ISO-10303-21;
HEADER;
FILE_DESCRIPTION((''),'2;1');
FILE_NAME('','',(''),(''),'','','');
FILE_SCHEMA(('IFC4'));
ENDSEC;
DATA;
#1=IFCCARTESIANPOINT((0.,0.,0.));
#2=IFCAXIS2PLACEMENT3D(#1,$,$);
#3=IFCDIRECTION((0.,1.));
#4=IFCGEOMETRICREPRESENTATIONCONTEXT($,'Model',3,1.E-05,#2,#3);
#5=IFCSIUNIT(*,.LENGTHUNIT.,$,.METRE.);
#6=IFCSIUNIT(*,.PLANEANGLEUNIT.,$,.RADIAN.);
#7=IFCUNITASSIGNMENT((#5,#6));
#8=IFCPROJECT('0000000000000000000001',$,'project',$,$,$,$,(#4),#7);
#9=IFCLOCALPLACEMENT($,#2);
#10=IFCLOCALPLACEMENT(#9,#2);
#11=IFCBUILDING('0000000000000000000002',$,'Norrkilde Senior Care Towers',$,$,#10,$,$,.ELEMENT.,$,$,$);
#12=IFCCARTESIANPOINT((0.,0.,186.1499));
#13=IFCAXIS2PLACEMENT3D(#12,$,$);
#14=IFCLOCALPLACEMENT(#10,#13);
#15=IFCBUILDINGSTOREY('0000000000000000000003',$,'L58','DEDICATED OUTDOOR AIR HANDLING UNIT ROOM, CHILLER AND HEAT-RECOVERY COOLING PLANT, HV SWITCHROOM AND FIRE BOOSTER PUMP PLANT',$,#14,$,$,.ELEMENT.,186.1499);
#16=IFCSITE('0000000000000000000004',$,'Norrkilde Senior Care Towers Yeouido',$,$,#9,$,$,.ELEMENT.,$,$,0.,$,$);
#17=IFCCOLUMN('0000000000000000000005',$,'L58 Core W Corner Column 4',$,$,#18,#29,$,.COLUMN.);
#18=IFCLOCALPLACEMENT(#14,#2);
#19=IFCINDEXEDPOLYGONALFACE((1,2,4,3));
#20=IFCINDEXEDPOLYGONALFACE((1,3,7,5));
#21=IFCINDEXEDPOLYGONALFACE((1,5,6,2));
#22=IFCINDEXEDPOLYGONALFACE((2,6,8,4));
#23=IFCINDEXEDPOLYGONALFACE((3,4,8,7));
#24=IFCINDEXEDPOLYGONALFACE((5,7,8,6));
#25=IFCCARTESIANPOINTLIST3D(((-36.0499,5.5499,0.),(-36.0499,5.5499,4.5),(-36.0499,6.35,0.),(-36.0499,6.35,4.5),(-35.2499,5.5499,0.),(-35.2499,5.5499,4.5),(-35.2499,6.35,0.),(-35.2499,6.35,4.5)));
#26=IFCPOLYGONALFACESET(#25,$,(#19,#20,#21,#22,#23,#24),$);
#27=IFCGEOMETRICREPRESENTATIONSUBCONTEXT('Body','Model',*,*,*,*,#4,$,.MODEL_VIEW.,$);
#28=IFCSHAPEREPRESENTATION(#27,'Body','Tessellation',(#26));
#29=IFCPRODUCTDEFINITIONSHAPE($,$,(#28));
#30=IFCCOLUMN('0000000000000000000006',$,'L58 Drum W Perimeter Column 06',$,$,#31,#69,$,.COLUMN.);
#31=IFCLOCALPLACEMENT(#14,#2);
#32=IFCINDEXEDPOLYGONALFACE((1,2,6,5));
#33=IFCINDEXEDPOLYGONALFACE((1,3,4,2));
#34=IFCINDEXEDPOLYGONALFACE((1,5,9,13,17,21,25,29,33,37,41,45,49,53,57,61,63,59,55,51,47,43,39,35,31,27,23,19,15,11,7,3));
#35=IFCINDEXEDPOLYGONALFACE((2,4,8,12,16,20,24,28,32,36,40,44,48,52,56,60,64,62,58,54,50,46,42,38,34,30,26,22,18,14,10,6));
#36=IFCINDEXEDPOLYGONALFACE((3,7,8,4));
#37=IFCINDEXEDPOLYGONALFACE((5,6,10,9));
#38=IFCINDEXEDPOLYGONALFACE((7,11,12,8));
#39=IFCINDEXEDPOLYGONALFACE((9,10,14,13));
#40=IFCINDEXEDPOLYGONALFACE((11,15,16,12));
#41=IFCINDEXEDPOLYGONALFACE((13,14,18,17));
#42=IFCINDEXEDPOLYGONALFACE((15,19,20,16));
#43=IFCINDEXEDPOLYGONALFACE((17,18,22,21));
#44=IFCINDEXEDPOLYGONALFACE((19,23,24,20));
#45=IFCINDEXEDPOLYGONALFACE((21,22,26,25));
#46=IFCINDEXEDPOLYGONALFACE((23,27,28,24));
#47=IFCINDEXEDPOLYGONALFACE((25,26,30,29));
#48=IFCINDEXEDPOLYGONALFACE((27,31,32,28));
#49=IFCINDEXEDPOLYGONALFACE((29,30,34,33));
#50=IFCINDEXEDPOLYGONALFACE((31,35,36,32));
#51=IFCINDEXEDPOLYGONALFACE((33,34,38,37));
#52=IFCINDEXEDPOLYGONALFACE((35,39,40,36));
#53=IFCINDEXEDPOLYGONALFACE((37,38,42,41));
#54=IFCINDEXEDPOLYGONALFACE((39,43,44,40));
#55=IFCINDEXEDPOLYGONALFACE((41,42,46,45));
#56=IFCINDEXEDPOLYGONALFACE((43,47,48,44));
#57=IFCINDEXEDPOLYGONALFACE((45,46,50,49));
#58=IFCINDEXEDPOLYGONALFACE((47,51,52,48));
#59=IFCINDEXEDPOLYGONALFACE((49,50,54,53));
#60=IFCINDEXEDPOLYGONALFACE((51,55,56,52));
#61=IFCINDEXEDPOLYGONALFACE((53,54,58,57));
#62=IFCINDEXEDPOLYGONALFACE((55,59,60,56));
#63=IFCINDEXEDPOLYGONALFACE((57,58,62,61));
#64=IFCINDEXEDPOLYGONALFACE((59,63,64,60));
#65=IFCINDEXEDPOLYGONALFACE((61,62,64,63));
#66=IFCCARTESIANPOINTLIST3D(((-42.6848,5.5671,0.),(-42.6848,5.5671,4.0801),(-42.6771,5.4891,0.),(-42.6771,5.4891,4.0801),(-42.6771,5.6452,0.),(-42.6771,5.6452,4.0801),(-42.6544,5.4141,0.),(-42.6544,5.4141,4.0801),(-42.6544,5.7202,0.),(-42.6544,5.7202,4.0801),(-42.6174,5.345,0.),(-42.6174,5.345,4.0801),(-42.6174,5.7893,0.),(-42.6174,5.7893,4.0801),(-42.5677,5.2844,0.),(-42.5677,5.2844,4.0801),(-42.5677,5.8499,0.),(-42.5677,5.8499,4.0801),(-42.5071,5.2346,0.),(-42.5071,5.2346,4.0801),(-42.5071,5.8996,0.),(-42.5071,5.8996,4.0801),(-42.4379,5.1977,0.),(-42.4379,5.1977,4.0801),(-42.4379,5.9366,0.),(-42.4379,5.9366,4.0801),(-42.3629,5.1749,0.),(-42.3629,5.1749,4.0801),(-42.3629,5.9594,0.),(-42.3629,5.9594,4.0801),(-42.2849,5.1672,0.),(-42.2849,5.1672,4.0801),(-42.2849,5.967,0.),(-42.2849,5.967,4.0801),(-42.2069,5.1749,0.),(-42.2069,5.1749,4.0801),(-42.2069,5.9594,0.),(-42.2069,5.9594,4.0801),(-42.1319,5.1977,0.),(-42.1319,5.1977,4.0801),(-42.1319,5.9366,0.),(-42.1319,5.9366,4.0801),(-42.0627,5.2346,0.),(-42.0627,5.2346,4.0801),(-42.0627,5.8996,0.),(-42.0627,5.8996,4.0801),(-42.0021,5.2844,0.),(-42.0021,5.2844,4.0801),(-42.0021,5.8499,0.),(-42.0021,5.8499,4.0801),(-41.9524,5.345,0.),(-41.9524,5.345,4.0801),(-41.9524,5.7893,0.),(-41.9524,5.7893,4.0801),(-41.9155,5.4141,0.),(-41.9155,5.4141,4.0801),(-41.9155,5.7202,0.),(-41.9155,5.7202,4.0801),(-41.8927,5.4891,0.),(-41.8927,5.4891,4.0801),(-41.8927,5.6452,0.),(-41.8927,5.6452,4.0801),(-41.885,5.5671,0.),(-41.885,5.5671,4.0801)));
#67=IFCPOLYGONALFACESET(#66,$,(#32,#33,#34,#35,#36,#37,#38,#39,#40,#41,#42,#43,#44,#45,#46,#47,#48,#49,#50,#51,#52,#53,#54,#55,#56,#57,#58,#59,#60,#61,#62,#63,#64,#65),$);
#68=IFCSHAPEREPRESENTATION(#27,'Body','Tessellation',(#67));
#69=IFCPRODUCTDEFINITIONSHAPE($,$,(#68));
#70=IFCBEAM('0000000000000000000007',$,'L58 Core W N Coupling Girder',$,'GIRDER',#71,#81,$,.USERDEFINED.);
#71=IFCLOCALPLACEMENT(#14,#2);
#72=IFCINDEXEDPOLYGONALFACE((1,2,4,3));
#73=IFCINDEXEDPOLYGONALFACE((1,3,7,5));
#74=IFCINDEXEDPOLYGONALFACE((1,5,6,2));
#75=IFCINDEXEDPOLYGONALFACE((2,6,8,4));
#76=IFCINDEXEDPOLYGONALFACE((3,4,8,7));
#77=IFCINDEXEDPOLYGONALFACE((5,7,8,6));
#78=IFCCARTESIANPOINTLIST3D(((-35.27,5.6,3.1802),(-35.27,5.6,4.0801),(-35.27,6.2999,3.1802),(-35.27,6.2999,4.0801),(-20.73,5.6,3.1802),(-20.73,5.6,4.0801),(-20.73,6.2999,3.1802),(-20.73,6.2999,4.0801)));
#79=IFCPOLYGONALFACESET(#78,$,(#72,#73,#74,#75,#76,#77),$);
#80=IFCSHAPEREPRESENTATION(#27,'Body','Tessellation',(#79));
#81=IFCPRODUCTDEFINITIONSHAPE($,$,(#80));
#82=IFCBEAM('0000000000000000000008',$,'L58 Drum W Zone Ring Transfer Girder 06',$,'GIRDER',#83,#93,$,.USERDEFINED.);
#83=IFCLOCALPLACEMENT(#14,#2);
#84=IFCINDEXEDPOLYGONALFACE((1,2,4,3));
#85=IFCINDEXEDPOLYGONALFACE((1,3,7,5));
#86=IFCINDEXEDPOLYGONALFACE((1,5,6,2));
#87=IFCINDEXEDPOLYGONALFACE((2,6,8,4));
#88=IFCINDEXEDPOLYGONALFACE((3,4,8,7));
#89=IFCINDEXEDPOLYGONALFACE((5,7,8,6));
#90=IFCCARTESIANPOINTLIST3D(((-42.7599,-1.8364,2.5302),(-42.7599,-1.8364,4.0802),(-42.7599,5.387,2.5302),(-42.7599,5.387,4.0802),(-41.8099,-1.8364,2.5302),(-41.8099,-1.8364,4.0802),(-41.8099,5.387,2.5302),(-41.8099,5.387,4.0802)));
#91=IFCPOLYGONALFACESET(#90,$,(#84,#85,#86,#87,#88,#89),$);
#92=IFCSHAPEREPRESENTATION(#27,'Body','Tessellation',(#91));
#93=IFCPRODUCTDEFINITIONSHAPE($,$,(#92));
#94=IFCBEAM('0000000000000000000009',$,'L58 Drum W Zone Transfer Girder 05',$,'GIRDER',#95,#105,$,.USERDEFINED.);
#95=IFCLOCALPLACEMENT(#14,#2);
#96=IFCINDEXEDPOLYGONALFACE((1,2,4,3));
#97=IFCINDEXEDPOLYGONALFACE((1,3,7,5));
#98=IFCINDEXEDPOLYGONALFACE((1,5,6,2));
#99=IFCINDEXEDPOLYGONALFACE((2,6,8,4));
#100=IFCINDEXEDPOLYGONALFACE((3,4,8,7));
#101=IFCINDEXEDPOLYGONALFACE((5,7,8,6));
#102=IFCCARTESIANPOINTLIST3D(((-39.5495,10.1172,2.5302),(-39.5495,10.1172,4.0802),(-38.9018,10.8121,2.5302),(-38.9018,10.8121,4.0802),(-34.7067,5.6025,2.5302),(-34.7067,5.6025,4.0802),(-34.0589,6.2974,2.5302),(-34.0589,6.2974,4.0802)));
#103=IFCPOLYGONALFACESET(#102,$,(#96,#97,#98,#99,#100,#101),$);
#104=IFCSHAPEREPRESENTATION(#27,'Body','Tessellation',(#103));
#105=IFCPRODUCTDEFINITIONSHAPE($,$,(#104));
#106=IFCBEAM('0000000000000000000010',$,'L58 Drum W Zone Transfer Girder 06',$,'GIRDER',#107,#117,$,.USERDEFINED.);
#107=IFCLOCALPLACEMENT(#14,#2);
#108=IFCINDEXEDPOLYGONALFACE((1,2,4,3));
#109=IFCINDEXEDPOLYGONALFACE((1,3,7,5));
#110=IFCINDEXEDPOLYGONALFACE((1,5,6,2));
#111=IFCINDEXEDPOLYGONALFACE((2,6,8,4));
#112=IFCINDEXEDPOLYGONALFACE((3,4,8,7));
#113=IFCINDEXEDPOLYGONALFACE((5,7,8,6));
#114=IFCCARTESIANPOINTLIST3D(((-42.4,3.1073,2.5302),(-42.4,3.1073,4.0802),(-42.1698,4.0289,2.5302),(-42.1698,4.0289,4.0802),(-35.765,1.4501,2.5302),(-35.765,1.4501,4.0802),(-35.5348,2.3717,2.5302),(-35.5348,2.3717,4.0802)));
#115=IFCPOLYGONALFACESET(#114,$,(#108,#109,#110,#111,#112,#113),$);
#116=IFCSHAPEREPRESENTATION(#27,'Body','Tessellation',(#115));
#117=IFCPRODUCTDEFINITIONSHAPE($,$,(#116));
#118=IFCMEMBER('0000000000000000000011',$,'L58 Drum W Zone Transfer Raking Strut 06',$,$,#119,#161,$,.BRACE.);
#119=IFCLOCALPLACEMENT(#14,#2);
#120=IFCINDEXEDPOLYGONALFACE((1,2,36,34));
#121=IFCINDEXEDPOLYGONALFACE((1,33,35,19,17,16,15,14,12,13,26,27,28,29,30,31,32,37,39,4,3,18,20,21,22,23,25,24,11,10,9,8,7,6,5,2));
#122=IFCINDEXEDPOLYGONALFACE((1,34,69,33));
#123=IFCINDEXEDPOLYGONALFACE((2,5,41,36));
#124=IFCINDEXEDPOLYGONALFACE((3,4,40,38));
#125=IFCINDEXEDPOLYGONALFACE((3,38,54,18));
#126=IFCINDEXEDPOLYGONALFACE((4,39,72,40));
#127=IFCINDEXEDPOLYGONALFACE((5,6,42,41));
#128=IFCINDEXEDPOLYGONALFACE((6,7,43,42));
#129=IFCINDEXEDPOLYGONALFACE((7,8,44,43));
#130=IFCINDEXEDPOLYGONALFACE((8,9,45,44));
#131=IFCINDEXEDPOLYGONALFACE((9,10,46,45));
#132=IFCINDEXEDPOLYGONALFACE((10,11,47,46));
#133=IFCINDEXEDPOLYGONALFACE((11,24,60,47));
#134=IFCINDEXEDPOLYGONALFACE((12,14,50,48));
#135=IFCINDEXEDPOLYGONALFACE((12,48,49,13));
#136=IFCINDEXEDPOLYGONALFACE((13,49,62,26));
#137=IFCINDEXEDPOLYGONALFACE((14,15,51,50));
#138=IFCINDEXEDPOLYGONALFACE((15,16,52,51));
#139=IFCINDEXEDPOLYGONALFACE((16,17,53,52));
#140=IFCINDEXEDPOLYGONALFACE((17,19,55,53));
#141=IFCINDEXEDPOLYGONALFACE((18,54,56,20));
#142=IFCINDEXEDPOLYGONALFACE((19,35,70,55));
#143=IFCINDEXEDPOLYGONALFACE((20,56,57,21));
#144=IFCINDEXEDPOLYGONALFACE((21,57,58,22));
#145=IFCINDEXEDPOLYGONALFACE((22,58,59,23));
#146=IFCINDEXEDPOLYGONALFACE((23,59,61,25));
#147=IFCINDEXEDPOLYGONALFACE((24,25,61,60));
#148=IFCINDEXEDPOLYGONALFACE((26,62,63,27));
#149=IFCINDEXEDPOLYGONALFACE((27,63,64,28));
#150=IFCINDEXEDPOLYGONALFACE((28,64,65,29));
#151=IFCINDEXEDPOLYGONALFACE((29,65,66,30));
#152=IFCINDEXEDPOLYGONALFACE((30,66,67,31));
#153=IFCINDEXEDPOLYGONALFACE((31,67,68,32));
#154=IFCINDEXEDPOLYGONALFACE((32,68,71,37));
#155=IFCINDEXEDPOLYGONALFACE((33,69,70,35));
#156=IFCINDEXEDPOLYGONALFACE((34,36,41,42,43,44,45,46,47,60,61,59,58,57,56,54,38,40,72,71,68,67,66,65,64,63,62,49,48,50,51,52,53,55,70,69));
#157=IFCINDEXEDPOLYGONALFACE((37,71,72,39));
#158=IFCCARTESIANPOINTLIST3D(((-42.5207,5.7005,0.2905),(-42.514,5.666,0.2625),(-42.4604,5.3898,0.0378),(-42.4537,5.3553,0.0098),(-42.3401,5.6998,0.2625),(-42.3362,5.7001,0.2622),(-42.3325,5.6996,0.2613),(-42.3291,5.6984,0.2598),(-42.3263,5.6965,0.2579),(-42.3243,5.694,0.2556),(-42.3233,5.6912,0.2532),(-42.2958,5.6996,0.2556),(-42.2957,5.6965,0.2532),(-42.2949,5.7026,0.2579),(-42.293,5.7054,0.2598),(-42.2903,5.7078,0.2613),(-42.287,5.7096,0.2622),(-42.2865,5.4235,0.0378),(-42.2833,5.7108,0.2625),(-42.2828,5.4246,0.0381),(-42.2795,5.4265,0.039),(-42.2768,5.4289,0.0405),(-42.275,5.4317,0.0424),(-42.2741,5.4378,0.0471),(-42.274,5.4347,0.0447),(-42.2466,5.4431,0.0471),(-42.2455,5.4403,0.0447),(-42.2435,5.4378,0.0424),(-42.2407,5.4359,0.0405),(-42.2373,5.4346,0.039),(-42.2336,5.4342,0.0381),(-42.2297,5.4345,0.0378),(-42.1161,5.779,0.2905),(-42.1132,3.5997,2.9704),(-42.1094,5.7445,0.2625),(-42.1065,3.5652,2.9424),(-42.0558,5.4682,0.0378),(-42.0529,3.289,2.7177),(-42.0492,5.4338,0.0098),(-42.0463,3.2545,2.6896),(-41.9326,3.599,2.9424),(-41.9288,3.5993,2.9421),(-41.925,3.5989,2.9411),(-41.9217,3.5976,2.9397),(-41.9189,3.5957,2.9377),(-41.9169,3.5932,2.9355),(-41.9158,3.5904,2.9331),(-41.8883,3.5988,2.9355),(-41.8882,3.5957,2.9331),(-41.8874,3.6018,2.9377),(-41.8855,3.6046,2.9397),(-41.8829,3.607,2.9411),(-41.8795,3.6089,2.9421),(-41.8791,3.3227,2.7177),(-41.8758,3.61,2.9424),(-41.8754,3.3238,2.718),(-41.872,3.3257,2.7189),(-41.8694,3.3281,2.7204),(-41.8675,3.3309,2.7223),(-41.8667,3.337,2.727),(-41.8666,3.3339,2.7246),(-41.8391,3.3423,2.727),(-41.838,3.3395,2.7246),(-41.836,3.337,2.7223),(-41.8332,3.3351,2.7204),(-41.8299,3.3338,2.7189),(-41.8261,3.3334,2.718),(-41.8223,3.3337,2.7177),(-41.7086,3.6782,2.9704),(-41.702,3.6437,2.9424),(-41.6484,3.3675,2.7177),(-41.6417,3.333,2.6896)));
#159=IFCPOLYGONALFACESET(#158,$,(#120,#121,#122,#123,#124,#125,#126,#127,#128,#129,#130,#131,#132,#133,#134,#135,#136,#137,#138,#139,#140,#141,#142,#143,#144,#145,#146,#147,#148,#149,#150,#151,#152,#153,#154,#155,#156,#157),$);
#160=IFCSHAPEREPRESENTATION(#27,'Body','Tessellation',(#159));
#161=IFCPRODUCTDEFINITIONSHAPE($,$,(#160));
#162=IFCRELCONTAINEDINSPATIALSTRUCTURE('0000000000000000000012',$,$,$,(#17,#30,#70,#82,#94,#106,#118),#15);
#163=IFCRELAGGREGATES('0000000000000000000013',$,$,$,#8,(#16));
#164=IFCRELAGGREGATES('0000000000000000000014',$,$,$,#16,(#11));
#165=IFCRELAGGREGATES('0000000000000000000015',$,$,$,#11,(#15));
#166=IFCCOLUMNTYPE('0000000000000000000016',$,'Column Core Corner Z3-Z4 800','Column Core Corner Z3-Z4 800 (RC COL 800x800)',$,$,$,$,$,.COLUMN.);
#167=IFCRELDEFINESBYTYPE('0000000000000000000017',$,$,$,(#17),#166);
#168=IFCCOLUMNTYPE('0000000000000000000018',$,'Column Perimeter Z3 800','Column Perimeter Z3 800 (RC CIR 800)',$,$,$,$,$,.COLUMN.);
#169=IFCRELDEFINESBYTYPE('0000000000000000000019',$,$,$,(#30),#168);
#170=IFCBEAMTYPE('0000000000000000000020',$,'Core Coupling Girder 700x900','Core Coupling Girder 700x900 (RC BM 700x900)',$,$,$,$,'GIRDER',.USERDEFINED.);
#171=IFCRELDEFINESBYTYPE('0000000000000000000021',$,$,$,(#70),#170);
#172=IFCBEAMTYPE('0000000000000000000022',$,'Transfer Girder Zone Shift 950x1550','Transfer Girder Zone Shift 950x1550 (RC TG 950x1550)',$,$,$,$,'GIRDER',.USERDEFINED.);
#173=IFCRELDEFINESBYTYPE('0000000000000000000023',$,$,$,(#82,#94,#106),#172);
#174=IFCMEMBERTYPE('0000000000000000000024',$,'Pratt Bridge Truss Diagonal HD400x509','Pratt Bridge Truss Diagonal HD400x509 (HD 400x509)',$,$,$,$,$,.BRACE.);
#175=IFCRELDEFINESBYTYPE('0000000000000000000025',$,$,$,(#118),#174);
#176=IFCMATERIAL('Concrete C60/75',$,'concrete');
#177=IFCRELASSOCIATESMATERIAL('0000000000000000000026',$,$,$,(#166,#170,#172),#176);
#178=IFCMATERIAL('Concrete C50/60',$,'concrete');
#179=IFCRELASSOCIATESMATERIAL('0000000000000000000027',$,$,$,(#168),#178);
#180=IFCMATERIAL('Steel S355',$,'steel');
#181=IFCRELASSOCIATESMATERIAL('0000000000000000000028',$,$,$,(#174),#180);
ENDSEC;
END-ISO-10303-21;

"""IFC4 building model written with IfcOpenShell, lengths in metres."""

from ifc_helpers import new_model, si_unit, direction, frame, origin, origin_2d, place, context, subcontext, project, spatial, rectangle, circle, i_section, extrude, source, transform, mapped, material, material_profile, profile_set, type_object, type_shapes, element, save


model = new_model("IFC4")

# Units and contexts
model_context = context("Model", 3, precision=1e-05, world=origin(), true_north=direction((0.0, 1.0)))
body_context = subcontext(model_context, "Body", "Model", "MODEL_VIEW")
ifc_project = project(units=[si_unit("LENGTHUNIT", "METRE"), si_unit("PLANEANGLEUNIT", "RADIAN")], contexts=[model_context])

# Site, building, storey
site_placement = place(None, origin())
site = spatial("IfcSite", under=ifc_project, at=site_placement, Name="Norrkilde Senior Care Towers Yeouido", CompositionType="ELEMENT", RefElevation=0.0)
building_placement = place(site_placement, origin())
building = spatial("IfcBuilding", under=site, at=building_placement, Name="Norrkilde Senior Care Towers", CompositionType="ELEMENT")
storey_placement = place(building_placement, frame((0.0, 0.0, 186.1499)))
storey = spatial("IfcBuildingStorey", under=building, at=storey_placement, Name="L58", Description="DEDICATED OUTDOOR AIR HANDLING UNIT ROOM, CHILLER AND HEAT-RECOVERY COOLING PLANT, HV SWITCHROOM AND FIRE BOOSTER PUMP PLANT", CompositionType="ELEMENT", Elevation=186.1499)

# Columns
ifc_material_1 = material(Name="Concrete C60/75", Category="concrete")
ifc_material_profile_1 = material_profile(ifc_material_1, rectangle(XDim=0.8, YDim=0.8, at=origin_2d()), Name="RC COL 800x800")
ifc_profile_set_1 = profile_set([ifc_material_profile_1], Name="Concrete C60/75")
column_type_1 = type_object("IfcColumnType", Name="Column Core Corner Z3-Z4 800", Description="Column Core Corner Z3-Z4 800 (RC COL 800x800)", PredefinedType="COLUMN", material=ifc_profile_set_1)
shared_shape_1 = source(origin(), body_context, "Body", "SweptSolid", [
    extrude(rectangle(XDim=0.8, YDim=0.8, at=origin_2d()), origin(), (0.0, 0.0, 1.0), 4.5),
])
type_shapes(column_type_1, [shared_shape_1])
column_1_placement = place(storey_placement, frame((-35.6499, 5.95, 0.0), z_axis=(0.0, 0.0, 1.0), x_axis=(1.0, 0.0, 0.0)))
element("IfcColumn", 1, at=column_1_placement, inside=storey, type_object=column_type_1, Name="L58 Core W Corner Column 4", PredefinedType="COLUMN", context=body_context, shape_type="MappedRepresentation", body=[
    mapped(shared_shape_1, transform((0.0, 0.0, 0.0), x_axis=(1.0, 0.0, 0.0), y_axis=(0.0, 1.0, 0.0), z_axis=(0.0, 0.0, 1.0), scale=1.0)),
])
ifc_material_2 = material(Name="Concrete C50/60", Category="concrete")
ifc_material_profile_2 = material_profile(ifc_material_2, circle(Radius=0.3999, at=origin_2d()), Name="RC CIR 800")
ifc_profile_set_2 = profile_set([ifc_material_profile_2], Name="Concrete C50/60")
column_type_2 = type_object("IfcColumnType", Name="Column Perimeter Z3 800", Description="Column Perimeter Z3 800 (RC CIR 800)", PredefinedType="COLUMN", material=ifc_profile_set_2)
shared_shape_2 = source(origin(), body_context, "Body", "SweptSolid", [
    extrude(circle(Radius=0.3999, at=origin_2d()), origin(), (0.0, 0.0, 1.0), 4.0801),
])
type_shapes(column_type_2, [shared_shape_2])
column_2_placement = place(storey_placement, frame((-42.2849, 5.5671, 0.0), z_axis=(0.0, 0.0, 1.0), x_axis=(1.0, 0.0, 0.0)))
element("IfcColumn", 2, at=column_2_placement, inside=storey, type_object=column_type_2, Name="L58 Drum W Perimeter Column 06", PredefinedType="COLUMN", context=body_context, shape_type="MappedRepresentation", body=[
    mapped(shared_shape_2, transform((0.0, 0.0, 0.0), x_axis=(1.0, 0.0, 0.0), y_axis=(0.0, 1.0, 0.0), z_axis=(0.0, 0.0, 1.0), scale=1.0)),
])

# Beams
ifc_material_profile_3 = material_profile(ifc_material_1, rectangle(XDim=0.7, YDim=0.8999, at=origin_2d()), Name="RC BM 700x900")
ifc_profile_set_3 = profile_set([ifc_material_profile_3], Name="Concrete C60/75")
beam_type_1 = type_object("IfcBeamType", Name="Core Coupling Girder 700x900", Description="Core Coupling Girder 700x900 (RC BM 700x900)", ElementType="GIRDER", PredefinedType="USERDEFINED", material=ifc_profile_set_3)
shared_shape_3 = source(origin(), body_context, "Body", "SweptSolid", [
    extrude(rectangle(XDim=0.7, YDim=0.8999, at=origin_2d()), origin(), (0.0, 0.0, 1.0), 14.54),
])
type_shapes(beam_type_1, [shared_shape_3])
beam_1_placement = place(storey_placement, frame((-35.27, 5.95, 3.6301), z_axis=(1.0, 0.0, 0.0), x_axis=(0.0, 1.0, 0.0)))
element("IfcBeam", 3, at=beam_1_placement, inside=storey, type_object=beam_type_1, Name="L58 Core W N Coupling Girder", ObjectType="GIRDER", PredefinedType="USERDEFINED", context=body_context, shape_type="MappedRepresentation", body=[
    mapped(shared_shape_3, transform((0.0, 0.0, 0.0), x_axis=(1.0, 0.0, 0.0), y_axis=(0.0, 1.0, 0.0), z_axis=(0.0, 0.0, 1.0), scale=1.0)),
])
ifc_material_profile_4 = material_profile(ifc_material_1, rectangle(XDim=0.95, YDim=1.55, at=origin_2d()), Name="RC TG 950x1550")
ifc_profile_set_4 = profile_set([ifc_material_profile_4], Name="Concrete C60/75")
beam_type_2 = type_object("IfcBeamType", Name="Transfer Girder Zone Shift 950x1550", Description="Transfer Girder Zone Shift 950x1550 (RC TG 950x1550)", ElementType="GIRDER", PredefinedType="USERDEFINED", material=ifc_profile_set_4)
shared_shape_4 = source(origin(), body_context, "Body", "SweptSolid", [
    extrude(rectangle(XDim=0.95, YDim=1.55, at=origin_2d()), origin(), (0.0, 0.0, 1.0), 7.2234),
])
beam_2_placement = place(storey_placement, frame((-42.2849, 5.387, 3.3052), z_axis=(0.0, -1.0, 0.0), x_axis=(1.0, 0.0, 0.0)))
element("IfcBeam", 4, at=beam_2_placement, inside=storey, type_object=beam_type_2, Name="L58 Drum W Zone Ring Transfer Girder 06", ObjectType="GIRDER", PredefinedType="USERDEFINED", context=body_context, shape_type="MappedRepresentation", body=[
    mapped(shared_shape_4, transform((0.0, 0.0, 0.0), x_axis=(1.0, 0.0, 0.0), y_axis=(0.0, 1.0, 0.0), z_axis=(0.0, 0.0, 1.0), scale=1.0)),
])
shared_shape_5 = source(origin(), body_context, "Body", "SweptSolid", [
    extrude(rectangle(XDim=0.95, YDim=1.55, at=origin_2d()), origin(), (0.0, 0.0, 1.0), 6.6208),
])
beam_3_placement = place(storey_placement, frame((-34.3828, 5.95, 3.3052), z_axis=(-0.731452, 0.681892, 0.0), x_axis=(-0.681892, -0.731452, 0.0)))
element("IfcBeam", 5, at=beam_3_placement, inside=storey, type_object=beam_type_2, Name="L58 Drum W Zone Transfer Girder 05", ObjectType="GIRDER", PredefinedType="USERDEFINED", context=body_context, shape_type="MappedRepresentation", body=[
    mapped(shared_shape_5, transform((0.0, 0.0, 0.0), x_axis=(1.0, 0.0, 0.0), y_axis=(0.0, 1.0, 0.0), z_axis=(0.0, 0.0, 1.0), scale=1.0)),
])
shared_shape_6 = source(origin(), body_context, "Body", "SweptSolid", [
    extrude(rectangle(XDim=0.95, YDim=1.55, at=origin_2d()), origin(), (0.0, 0.0, 1.0), 6.8389),
])
beam_4_placement = place(storey_placement, frame((-35.6499, 1.9109, 3.3052), z_axis=(-0.970195, 0.242326, 0.0), x_axis=(-0.242326, -0.970195, 0.0)))
element("IfcBeam", 6, at=beam_4_placement, inside=storey, type_object=beam_type_2, Name="L58 Drum W Zone Transfer Girder 06", ObjectType="GIRDER", PredefinedType="USERDEFINED", context=body_context, shape_type="MappedRepresentation", body=[
    mapped(shared_shape_6, transform((0.0, 0.0, 0.0), x_axis=(1.0, 0.0, 0.0), y_axis=(0.0, 1.0, 0.0), z_axis=(0.0, 0.0, 1.0), scale=1.0)),
])

# Member
ifc_material_3 = material(Name="Steel S355", Category="steel")
ifc_material_profile_5 = material_profile(ifc_material_3, i_section(OverallWidth=0.4121, OverallDepth=0.45, WebThickness=0.0281, FlangeThickness=0.0449, FilletRadius=0.0149, at=origin_2d()), Name="HD 400x509")
ifc_profile_set_5 = profile_set([ifc_material_profile_5], Name="Steel S355")
member_type_1 = type_object("IfcMemberType", Name="Pratt Bridge Truss Diagonal HD400x509", Description="Pratt Bridge Truss Diagonal HD400x509 (HD 400x509)", PredefinedType="BRACE", material=ifc_profile_set_5)
shared_shape_7 = source(origin(), body_context, "Body", "SweptSolid", [
    extrude(i_section(OverallWidth=0.4121, OverallDepth=0.45, WebThickness=0.0281, FlangeThickness=0.0449, FilletRadius=0.0149, at=origin_2d()), origin(), (0.0, 0.0, 1.0), 3.4294),
])
member_1_placement = place(storey_placement, frame((-42.2849, 5.5671, 0.1501), z_axis=(0.118813, -0.612574, 0.781432), x_axis=(0.981705, 0.190409, 0.0)))
element("IfcMember", 7, at=member_1_placement, inside=storey, type_object=member_type_1, Name="L58 Drum W Zone Transfer Raking Strut 06", PredefinedType="BRACE", context=body_context, shape_type="MappedRepresentation", body=[
    mapped(shared_shape_7, transform((0.0, 0.0, 0.0), x_axis=(1.0, 0.0, 0.0), y_axis=(0.0, 1.0, 0.0), z_axis=(0.0, 0.0, 1.0), scale=1.0)),
])

save(model, "model.ifc")
